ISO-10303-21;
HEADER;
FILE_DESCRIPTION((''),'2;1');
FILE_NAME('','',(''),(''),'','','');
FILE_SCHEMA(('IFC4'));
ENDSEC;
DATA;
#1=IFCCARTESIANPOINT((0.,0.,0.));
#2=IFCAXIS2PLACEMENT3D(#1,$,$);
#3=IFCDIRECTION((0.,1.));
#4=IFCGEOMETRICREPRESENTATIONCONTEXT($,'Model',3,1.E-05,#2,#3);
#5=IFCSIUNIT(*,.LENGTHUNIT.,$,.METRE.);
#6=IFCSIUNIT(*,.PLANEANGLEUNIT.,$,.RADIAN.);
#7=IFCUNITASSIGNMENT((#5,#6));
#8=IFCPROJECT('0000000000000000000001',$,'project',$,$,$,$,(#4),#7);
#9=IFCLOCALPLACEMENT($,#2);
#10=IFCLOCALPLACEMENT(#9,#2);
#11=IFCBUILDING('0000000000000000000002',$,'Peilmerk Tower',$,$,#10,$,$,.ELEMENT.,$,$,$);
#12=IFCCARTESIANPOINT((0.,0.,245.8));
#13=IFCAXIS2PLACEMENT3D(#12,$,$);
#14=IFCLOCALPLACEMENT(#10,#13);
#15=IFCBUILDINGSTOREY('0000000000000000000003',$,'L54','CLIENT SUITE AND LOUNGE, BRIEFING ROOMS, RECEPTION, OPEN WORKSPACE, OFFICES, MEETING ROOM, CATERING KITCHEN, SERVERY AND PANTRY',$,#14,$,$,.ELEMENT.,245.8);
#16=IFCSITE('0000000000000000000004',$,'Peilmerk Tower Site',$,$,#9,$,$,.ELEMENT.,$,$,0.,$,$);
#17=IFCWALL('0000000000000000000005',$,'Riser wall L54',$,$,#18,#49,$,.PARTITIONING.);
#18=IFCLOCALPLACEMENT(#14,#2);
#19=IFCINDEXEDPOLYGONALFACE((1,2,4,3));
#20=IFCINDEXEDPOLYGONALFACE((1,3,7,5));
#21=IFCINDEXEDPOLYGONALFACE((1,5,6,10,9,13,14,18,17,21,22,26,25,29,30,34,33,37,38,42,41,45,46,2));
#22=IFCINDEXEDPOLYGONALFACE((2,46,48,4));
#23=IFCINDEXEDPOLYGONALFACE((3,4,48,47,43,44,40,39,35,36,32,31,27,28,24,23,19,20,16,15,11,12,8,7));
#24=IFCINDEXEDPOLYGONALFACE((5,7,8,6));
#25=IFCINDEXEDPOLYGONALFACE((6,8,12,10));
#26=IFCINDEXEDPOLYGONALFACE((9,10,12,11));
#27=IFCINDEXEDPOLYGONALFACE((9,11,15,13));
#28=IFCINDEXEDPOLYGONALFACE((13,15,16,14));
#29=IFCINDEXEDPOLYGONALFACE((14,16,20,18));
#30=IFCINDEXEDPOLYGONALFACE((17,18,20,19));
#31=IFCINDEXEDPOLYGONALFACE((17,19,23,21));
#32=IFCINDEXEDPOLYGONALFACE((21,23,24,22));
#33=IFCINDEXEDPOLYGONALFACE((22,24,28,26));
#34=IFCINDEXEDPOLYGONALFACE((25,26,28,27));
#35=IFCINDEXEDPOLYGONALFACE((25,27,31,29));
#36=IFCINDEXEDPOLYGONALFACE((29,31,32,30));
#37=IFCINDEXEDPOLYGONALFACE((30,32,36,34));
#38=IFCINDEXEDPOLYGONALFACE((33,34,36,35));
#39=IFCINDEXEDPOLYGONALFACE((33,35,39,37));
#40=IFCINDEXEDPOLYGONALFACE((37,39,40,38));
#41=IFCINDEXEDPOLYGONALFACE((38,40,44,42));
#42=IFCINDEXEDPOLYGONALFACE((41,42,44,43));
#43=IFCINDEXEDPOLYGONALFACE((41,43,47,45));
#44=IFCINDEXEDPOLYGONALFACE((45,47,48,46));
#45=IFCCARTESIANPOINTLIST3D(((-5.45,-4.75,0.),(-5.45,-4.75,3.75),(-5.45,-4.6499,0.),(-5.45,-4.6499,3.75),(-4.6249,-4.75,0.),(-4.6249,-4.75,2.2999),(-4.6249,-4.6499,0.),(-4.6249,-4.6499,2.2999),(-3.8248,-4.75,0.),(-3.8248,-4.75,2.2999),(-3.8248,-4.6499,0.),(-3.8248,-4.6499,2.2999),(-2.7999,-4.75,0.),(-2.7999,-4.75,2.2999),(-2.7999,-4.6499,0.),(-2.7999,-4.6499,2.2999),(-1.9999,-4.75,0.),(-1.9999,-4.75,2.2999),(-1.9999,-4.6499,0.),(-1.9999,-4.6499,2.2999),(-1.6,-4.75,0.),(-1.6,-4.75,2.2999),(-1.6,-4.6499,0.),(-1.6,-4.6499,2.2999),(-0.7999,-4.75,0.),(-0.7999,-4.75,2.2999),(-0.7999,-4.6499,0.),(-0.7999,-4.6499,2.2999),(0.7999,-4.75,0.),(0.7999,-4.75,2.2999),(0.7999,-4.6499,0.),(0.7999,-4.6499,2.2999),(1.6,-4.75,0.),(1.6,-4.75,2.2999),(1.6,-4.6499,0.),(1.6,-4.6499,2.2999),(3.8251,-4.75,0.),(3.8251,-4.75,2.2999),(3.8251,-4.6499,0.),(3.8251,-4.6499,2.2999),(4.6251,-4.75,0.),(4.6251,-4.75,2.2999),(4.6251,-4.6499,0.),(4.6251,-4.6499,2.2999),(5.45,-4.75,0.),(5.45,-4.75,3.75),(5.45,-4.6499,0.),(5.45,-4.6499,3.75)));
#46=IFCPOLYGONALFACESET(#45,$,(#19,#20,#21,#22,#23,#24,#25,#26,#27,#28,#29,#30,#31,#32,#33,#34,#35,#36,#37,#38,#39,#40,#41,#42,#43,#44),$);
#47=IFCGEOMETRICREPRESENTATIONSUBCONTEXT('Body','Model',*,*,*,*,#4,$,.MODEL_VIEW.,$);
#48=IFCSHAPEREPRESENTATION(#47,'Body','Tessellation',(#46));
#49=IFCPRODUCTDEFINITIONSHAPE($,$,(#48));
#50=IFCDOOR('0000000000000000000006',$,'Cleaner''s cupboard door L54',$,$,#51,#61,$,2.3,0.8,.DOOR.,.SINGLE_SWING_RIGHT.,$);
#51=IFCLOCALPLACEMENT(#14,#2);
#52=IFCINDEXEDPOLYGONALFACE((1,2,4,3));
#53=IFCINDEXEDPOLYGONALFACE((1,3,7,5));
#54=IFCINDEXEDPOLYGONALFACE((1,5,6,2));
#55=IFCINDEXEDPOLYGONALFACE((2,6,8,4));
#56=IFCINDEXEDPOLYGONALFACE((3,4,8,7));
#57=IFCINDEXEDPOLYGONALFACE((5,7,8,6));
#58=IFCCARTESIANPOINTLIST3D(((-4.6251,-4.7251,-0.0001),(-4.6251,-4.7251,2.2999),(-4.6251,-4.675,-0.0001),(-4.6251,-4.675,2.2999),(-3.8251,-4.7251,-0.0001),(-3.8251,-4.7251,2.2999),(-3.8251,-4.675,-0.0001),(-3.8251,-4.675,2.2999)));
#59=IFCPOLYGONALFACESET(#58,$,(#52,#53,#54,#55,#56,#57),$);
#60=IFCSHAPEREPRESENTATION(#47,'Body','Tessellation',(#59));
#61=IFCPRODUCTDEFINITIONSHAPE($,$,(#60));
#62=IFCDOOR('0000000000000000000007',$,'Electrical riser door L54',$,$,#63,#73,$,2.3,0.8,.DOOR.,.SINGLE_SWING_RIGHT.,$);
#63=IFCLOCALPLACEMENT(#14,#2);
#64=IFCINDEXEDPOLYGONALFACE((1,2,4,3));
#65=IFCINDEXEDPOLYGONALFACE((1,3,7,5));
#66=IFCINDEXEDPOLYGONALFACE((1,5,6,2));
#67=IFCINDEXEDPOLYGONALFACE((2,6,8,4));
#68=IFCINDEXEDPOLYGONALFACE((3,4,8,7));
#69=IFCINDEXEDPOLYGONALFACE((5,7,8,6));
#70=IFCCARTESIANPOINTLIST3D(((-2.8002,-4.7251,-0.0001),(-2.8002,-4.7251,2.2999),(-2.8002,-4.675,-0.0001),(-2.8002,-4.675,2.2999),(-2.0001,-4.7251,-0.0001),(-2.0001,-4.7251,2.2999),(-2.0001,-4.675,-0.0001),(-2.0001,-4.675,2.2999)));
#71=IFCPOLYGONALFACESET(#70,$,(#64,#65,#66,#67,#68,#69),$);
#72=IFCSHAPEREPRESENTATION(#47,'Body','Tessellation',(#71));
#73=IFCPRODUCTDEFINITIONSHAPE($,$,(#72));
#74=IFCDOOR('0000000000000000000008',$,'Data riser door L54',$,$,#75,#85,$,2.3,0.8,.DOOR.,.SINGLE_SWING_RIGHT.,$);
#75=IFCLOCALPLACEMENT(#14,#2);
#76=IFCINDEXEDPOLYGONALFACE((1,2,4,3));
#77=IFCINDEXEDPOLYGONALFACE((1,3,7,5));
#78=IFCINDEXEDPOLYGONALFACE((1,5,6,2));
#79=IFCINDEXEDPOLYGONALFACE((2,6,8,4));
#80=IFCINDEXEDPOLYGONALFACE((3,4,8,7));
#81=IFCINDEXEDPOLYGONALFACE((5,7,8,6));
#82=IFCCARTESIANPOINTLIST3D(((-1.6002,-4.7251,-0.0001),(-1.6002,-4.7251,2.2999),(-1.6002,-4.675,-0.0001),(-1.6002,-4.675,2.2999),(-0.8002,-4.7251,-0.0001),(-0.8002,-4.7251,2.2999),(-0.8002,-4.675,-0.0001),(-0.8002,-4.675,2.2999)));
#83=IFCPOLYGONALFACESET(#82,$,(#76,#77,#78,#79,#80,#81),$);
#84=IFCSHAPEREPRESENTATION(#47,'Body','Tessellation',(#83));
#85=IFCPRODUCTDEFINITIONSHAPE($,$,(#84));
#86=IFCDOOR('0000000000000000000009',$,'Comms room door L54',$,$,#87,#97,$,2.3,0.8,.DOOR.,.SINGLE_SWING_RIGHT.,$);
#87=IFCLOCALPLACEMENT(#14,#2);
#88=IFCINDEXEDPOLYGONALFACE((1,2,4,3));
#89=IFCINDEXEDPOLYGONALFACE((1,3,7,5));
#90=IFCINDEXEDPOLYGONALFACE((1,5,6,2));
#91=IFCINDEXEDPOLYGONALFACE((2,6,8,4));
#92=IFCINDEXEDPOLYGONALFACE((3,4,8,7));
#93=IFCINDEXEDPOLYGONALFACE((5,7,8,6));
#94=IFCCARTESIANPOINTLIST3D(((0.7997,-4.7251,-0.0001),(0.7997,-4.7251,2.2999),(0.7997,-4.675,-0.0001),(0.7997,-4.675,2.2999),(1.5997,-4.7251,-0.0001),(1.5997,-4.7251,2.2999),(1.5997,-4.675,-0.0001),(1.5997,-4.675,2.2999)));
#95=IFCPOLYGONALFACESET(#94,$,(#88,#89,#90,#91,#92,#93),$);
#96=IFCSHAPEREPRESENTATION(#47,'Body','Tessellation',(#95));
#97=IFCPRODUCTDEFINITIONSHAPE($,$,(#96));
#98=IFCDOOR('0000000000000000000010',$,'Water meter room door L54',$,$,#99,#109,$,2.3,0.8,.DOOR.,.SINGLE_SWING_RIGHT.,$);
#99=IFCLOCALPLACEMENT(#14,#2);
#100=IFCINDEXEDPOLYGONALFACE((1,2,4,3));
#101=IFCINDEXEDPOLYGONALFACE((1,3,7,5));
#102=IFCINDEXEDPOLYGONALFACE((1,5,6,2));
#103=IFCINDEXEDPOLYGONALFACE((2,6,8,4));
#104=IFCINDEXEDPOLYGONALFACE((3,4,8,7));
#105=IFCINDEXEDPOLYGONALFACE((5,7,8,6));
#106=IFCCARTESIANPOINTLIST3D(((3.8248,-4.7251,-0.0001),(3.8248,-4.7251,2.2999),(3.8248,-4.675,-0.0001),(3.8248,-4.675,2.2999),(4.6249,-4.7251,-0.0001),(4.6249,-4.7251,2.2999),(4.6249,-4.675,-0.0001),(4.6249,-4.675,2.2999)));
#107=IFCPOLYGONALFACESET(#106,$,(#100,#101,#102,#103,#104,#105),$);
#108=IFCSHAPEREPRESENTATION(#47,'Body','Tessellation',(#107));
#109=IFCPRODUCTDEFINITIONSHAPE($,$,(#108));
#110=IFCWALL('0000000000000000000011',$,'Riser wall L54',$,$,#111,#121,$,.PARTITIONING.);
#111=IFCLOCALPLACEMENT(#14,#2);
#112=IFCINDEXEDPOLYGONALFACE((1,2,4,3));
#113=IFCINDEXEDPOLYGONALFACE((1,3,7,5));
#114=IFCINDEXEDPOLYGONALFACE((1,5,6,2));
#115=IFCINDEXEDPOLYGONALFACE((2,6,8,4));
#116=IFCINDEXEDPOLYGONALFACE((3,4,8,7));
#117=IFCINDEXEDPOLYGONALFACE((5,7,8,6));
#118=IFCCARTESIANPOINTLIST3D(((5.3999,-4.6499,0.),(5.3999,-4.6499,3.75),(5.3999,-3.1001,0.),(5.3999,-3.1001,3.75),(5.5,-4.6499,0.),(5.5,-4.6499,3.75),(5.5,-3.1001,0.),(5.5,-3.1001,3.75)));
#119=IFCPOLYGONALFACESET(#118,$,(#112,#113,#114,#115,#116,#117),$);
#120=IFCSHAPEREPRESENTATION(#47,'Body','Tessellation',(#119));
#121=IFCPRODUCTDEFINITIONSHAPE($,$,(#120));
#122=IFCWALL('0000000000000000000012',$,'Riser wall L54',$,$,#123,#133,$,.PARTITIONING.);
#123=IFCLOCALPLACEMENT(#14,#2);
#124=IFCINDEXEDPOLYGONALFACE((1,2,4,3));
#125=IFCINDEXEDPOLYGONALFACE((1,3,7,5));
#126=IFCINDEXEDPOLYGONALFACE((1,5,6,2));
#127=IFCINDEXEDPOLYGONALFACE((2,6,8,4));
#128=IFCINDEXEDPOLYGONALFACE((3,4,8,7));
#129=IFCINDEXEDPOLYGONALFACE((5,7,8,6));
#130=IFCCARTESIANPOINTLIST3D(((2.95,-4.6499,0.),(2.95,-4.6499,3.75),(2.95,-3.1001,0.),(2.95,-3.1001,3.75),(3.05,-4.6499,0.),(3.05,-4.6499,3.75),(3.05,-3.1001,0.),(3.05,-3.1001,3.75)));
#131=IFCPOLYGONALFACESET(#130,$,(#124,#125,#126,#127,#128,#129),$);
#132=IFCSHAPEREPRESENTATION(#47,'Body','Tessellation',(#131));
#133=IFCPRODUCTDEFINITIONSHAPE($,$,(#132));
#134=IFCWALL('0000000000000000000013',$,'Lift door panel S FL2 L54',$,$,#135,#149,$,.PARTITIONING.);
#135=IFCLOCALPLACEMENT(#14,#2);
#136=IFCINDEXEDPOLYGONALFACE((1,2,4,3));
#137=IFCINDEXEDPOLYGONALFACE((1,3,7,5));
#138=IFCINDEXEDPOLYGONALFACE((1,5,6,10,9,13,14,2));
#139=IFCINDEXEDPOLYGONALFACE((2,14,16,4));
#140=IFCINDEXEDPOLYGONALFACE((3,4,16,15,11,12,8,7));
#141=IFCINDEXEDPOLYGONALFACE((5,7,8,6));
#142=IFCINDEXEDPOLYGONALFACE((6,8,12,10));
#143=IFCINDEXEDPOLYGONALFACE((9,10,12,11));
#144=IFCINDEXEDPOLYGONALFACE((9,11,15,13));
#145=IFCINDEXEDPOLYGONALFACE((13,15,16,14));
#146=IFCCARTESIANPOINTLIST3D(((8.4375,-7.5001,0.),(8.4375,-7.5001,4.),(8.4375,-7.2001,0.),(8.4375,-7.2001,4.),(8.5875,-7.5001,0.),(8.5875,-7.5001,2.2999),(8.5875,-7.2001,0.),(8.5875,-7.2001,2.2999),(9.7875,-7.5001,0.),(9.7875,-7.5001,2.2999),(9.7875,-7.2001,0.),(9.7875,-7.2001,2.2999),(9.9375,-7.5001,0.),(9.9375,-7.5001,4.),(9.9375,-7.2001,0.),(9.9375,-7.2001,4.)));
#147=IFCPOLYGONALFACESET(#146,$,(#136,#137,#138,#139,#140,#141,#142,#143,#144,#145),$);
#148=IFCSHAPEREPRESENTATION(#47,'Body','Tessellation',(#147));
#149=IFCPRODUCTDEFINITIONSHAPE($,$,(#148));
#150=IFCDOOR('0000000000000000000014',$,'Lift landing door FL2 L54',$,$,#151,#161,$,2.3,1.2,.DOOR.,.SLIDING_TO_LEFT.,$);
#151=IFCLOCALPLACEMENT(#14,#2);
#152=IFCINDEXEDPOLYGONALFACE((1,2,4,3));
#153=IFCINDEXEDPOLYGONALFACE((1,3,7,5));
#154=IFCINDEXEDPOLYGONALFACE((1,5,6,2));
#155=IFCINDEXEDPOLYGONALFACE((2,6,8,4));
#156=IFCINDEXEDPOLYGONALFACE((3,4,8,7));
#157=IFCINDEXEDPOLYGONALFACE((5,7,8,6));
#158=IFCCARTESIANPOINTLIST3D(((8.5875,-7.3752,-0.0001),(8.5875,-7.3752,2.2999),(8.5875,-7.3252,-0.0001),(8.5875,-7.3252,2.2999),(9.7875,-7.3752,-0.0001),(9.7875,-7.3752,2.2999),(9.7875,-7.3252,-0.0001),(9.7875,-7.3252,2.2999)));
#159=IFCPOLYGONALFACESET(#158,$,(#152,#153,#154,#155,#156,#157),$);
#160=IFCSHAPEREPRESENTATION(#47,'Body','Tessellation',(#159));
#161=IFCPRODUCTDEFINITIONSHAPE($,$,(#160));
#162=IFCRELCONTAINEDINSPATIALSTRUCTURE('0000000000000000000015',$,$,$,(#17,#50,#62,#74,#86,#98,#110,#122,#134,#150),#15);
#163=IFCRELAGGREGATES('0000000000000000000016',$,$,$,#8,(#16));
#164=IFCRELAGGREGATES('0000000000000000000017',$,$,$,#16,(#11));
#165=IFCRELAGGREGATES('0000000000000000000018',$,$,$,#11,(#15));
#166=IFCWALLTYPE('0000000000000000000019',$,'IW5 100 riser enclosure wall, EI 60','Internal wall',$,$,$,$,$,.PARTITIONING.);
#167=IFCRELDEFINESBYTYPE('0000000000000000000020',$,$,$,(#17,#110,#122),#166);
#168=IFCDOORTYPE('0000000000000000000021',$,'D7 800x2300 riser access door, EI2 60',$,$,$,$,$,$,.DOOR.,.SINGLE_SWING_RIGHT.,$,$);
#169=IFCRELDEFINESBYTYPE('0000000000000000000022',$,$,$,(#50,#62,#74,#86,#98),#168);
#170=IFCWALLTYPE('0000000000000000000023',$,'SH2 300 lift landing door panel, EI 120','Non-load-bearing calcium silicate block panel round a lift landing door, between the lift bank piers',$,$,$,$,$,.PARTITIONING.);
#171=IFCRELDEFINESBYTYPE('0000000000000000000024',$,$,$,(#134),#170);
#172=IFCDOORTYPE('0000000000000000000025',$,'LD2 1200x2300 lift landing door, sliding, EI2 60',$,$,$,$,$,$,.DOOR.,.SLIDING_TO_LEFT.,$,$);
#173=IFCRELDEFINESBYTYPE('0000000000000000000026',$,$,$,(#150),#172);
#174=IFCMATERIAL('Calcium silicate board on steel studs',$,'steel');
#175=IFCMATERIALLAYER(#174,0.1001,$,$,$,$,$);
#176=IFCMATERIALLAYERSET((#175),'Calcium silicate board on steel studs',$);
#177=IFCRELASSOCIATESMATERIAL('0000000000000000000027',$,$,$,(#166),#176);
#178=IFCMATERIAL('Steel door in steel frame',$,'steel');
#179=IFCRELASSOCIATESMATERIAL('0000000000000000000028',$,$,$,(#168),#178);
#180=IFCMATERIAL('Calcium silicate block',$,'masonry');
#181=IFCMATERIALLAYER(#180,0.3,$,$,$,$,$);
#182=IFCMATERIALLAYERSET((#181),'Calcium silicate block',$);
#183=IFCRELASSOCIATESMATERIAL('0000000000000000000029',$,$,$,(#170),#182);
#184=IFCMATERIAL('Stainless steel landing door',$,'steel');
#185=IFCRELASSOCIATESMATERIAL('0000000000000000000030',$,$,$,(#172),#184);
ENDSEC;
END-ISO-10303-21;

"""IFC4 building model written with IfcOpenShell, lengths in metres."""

from ifc_helpers import new_model, si_unit, direction, frame, frame_2d, origin, place, context, subcontext, project, spatial, rectangle, extrude, material, layer, layer_set, type_object, element, fill, save


model = new_model("IFC4")

# Units and contexts
model_context = context("Model", 3, precision=1e-05, world=origin(), true_north=direction((0.0, 1.0)))
body_context = subcontext(model_context, "Body", "Model", "MODEL_VIEW")
ifc_project = project(units=[si_unit("LENGTHUNIT", "METRE"), si_unit("PLANEANGLEUNIT", "RADIAN")], contexts=[model_context])

# Site, building, storey
site_placement = place(None, origin())
site = spatial("IfcSite", under=ifc_project, at=site_placement, Name="Peilmerk Tower Site", CompositionType="ELEMENT", RefElevation=0.0)
building_placement = place(site_placement, origin())
building = spatial("IfcBuilding", under=site, at=building_placement, Name="Peilmerk Tower", CompositionType="ELEMENT")
storey_placement = place(building_placement, frame((0.0, 0.0, 245.8)))
storey = spatial("IfcBuildingStorey", under=building, at=storey_placement, Name="L54", Description="CLIENT SUITE AND LOUNGE, BRIEFING ROOMS, RECEPTION, OPEN WORKSPACE, OFFICES, MEETING ROOM, CATERING KITCHEN, SERVERY AND PANTRY", CompositionType="ELEMENT", Elevation=245.8)

# Shared definitions
ifc_material_1 = material(Name="Steel door in steel frame", Category="steel")

# Shared definitions
ifc_material_2 = material(Name="Calcium silicate board on steel studs", Category="steel")
ifc_layer_1 = layer(ifc_material_2, 0.1001)
ifc_layer_set_1 = layer_set([ifc_layer_1], Name="Calcium silicate board on steel studs")
wall_type_1 = type_object("IfcWallType", Name="IW5 100 riser enclosure wall, EI 60", Description="Internal wall", PredefinedType="PARTITIONING", material=ifc_layer_set_1)

# Wall, openings, doors
wall_1_placement = place(storey_placement, frame((5.45, -4.7, 0.0), z_axis=(0.0, 0.0, 1.0), x_axis=(-1.0, 0.0, 0.0)))
wall_1 = element("IfcWall", 1, at=wall_1_placement, inside=storey, type_object=wall_type_1, Name="Riser wall L54", PredefinedType="PARTITIONING", context=body_context, shape_type="SweptSolid", body=[
    extrude(rectangle(XDim=10.8999, YDim=0.1001, at=frame_2d((5.45, 0.0))), origin(), (0.0, 0.0, 1.0), 3.75),
])
opening_1_placement = place(wall_1_placement, frame((9.2749, 0.0, 0.0)))
opening_1 = element("IfcOpeningElement", 2, at=opening_1_placement, cuts=wall_1, PredefinedType="OPENING", context=body_context, shape_type="SweptSolid", body=[
    extrude(rectangle(XDim=0.8, YDim=2.3, at=frame_2d((0.3999, 1.1499))), frame((0.0, 0.0601, 0.0), z_axis=(0.0, -1.0, 0.0), x_axis=(1.0, 0.0, 0.0)), (0.0, 0.0, 1.0), 0.1201),
])
opening_2_placement = place(wall_1_placement, frame((7.45, 0.0, 0.0)))
opening_2 = element("IfcOpeningElement", 3, at=opening_2_placement, cuts=wall_1, PredefinedType="OPENING", context=body_context, shape_type="SweptSolid", body=[
    extrude(rectangle(XDim=0.8, YDim=2.3, at=frame_2d((0.3999, 1.1499))), frame((0.0, 0.0601, 0.0), z_axis=(0.0, -1.0, 0.0), x_axis=(1.0, 0.0, 0.0)), (0.0, 0.0, 1.0), 0.1201),
])
opening_3_placement = place(wall_1_placement, frame((6.25, 0.0, 0.0)))
opening_3 = element("IfcOpeningElement", 4, at=opening_3_placement, cuts=wall_1, PredefinedType="OPENING", context=body_context, shape_type="SweptSolid", body=[
    extrude(rectangle(XDim=0.8, YDim=2.3, at=frame_2d((0.3999, 1.1499))), frame((0.0, 0.0601, 0.0), z_axis=(0.0, -1.0, 0.0), x_axis=(1.0, 0.0, 0.0)), (0.0, 0.0, 1.0), 0.1201),
])
opening_4_placement = place(wall_1_placement, frame((3.8501, 0.0, 0.0)))
opening_4 = element("IfcOpeningElement", 5, at=opening_4_placement, cuts=wall_1, PredefinedType="OPENING", context=body_context, shape_type="SweptSolid", body=[
    extrude(rectangle(XDim=0.8, YDim=2.3, at=frame_2d((0.3999, 1.1499))), frame((0.0, 0.0601, 0.0), z_axis=(0.0, -1.0, 0.0), x_axis=(1.0, 0.0, 0.0)), (0.0, 0.0, 1.0), 0.1201),
])
opening_5_placement = place(wall_1_placement, frame((0.825, 0.0, 0.0)))
opening_5 = element("IfcOpeningElement", 6, at=opening_5_placement, cuts=wall_1, PredefinedType="OPENING", context=body_context, shape_type="SweptSolid", body=[
    extrude(rectangle(XDim=0.8, YDim=2.3, at=frame_2d((0.3999, 1.1499))), frame((0.0, 0.0601, 0.0), z_axis=(0.0, -1.0, 0.0), x_axis=(1.0, 0.0, 0.0)), (0.0, 0.0, 1.0), 0.1201),
])
door_type_1 = type_object("IfcDoorType", Name="D7 800x2300 riser access door, EI2 60", OperationType="SINGLE_SWING_RIGHT", PredefinedType="DOOR", material=ifc_material_1)
door_1_placement = place(opening_1_placement, frame((0.8, 0.0, 0.0), z_axis=(0.0, 0.0, 1.0), x_axis=(-1.0, 0.0, 0.0)))
door_1 = element("IfcDoor", 7, at=door_1_placement, inside=storey, type_object=door_type_1, Name="Cleaner's cupboard door L54", OperationType="SINGLE_SWING_RIGHT", OverallHeight=2.3, OverallWidth=0.8, PredefinedType="DOOR", context=body_context, shape_type="SweptSolid", body=[
    extrude(rectangle(XDim=0.8, YDim=2.3, at=frame_2d((0.3999, 1.1499))), frame((0.0, 0.0249, 0.0), z_axis=(0.0, -1.0, 0.0), x_axis=(1.0, 0.0, 0.0)), (0.0, 0.0, 1.0), 0.05),
])
fill(opening_1, door_1)
door_2_placement = place(opening_2_placement, frame((0.8, 0.0, 0.0), z_axis=(0.0, 0.0, 1.0), x_axis=(-1.0, 0.0, 0.0)))
door_2 = element("IfcDoor", 8, at=door_2_placement, inside=storey, type_object=door_type_1, Name="Electrical riser door L54", OperationType="SINGLE_SWING_RIGHT", OverallHeight=2.3, OverallWidth=0.8, PredefinedType="DOOR", context=body_context, shape_type="SweptSolid", body=[
    extrude(rectangle(XDim=0.8, YDim=2.3, at=frame_2d((0.3999, 1.1499))), frame((0.0, 0.0249, 0.0), z_axis=(0.0, -1.0, 0.0), x_axis=(1.0, 0.0, 0.0)), (0.0, 0.0, 1.0), 0.05),
])
fill(opening_2, door_2)
door_3_placement = place(opening_3_placement, frame((0.8, 0.0, 0.0), z_axis=(0.0, 0.0, 1.0), x_axis=(-1.0, 0.0, 0.0)))
door_3 = element("IfcDoor", 9, at=door_3_placement, inside=storey, type_object=door_type_1, Name="Data riser door L54", OperationType="SINGLE_SWING_RIGHT", OverallHeight=2.3, OverallWidth=0.8, PredefinedType="DOOR", context=body_context, shape_type="SweptSolid", body=[
    extrude(rectangle(XDim=0.8, YDim=2.3, at=frame_2d((0.3999, 1.1499))), frame((0.0, 0.0249, 0.0), z_axis=(0.0, -1.0, 0.0), x_axis=(1.0, 0.0, 0.0)), (0.0, 0.0, 1.0), 0.05),
])
fill(opening_3, door_3)
door_4_placement = place(opening_4_placement, frame((0.8, 0.0, 0.0), z_axis=(0.0, 0.0, 1.0), x_axis=(-1.0, 0.0, 0.0)))
door_4 = element("IfcDoor", 10, at=door_4_placement, inside=storey, type_object=door_type_1, Name="Comms room door L54", OperationType="SINGLE_SWING_RIGHT", OverallHeight=2.3, OverallWidth=0.8, PredefinedType="DOOR", context=body_context, shape_type="SweptSolid", body=[
    extrude(rectangle(XDim=0.8, YDim=2.3, at=frame_2d((0.3999, 1.1499))), frame((0.0, 0.0249, 0.0), z_axis=(0.0, -1.0, 0.0), x_axis=(1.0, 0.0, 0.0)), (0.0, 0.0, 1.0), 0.05),
])
fill(opening_4, door_4)
door_5_placement = place(opening_5_placement, frame((0.8, 0.0, 0.0), z_axis=(0.0, 0.0, 1.0), x_axis=(-1.0, 0.0, 0.0)))
door_5 = element("IfcDoor", 11, at=door_5_placement, inside=storey, type_object=door_type_1, Name="Water meter room door L54", OperationType="SINGLE_SWING_RIGHT", OverallHeight=2.3, OverallWidth=0.8, PredefinedType="DOOR", context=body_context, shape_type="SweptSolid", body=[
    extrude(rectangle(XDim=0.8, YDim=2.3, at=frame_2d((0.3999, 1.1499))), frame((0.0, 0.0249, 0.0), z_axis=(0.0, -1.0, 0.0), x_axis=(1.0, 0.0, 0.0)), (0.0, 0.0, 1.0), 0.05),
])
fill(opening_5, door_5)

# Walls
for number, where, z_axis, x_axis, name in (
    (12, (5.45, -3.1001, 0.0), (0.0, 0.0, 1.0), (0.0, -1.0, 0.0), "Riser wall L54"),
    (13, (3.0, -3.1001, 0.0), (0.0, 0.0, 1.0), (0.0, -1.0, 0.0), "Riser wall L54"),
):
    element("IfcWall", number, at=place(storey_placement, frame(where, z_axis=z_axis, x_axis=x_axis)), inside=storey, type_object=wall_type_1, Name=name, PredefinedType="PARTITIONING", context=body_context, shape_type="SweptSolid", body=[
        extrude(rectangle(XDim=1.5498, YDim=0.1001, at=frame_2d((0.7749, 0.0))), origin(), (0.0, 0.0, 1.0), 3.75),
    ])

# Wall, opening, door
ifc_material_3 = material(Name="Calcium silicate block", Category="masonry")
ifc_layer_2 = layer(ifc_material_3, 0.3)
ifc_layer_set_2 = layer_set([ifc_layer_2], Name="Calcium silicate block")
wall_type_2 = type_object("IfcWallType", Name="SH2 300 lift landing door panel, EI 120", Description="Non-load-bearing calcium silicate block panel round a lift landing door, between the lift bank piers", PredefinedType="PARTITIONING", material=ifc_layer_set_2)
wall_2_placement = place(storey_placement, frame((8.4375, -7.3501, 0.0), z_axis=(0.0, 0.0, 1.0), x_axis=(1.0, 0.0, 0.0)))
wall_2 = element("IfcWall", 14, at=wall_2_placement, inside=storey, type_object=wall_type_2, Name="Lift door panel S FL2 L54", PredefinedType="PARTITIONING", context=body_context, shape_type="SweptSolid", body=[
    extrude(rectangle(XDim=1.5, YDim=0.3, at=frame_2d((0.75, 0.0))), origin(), (0.0, 0.0, 1.0), 4.0),
])
opening_6_placement = place(wall_2_placement, frame((0.1499, 0.0, 0.0)))
opening_6 = element("IfcOpeningElement", 15, at=opening_6_placement, cuts=wall_2, PredefinedType="OPENING", context=body_context, shape_type="SweptSolid", body=[
    extrude(rectangle(XDim=1.2, YDim=2.3, at=frame_2d((0.6001, 1.1499))), frame((0.0, 0.1599, 0.0), z_axis=(0.0, -1.0, 0.0), x_axis=(1.0, 0.0, 0.0)), (0.0, 0.0, 1.0), 0.3201),
])
ifc_material_4 = material(Name="Stainless steel landing door", Category="steel")
door_type_2 = type_object("IfcDoorType", Name="LD2 1200x2300 lift landing door, sliding, EI2 60", OperationType="SLIDING_TO_LEFT", PredefinedType="DOOR", material=ifc_material_4)
door_6_placement = place(opening_6_placement, origin())
door_6 = element("IfcDoor", 16, at=door_6_placement, inside=storey, type_object=door_type_2, Name="Lift landing door FL2 L54", OperationType="SLIDING_TO_LEFT", OverallHeight=2.3, OverallWidth=1.2, PredefinedType="DOOR", context=body_context, shape_type="SweptSolid", body=[
    extrude(rectangle(XDim=1.2, YDim=2.3, at=frame_2d((0.6001, 1.1499))), frame((0.0, 0.0249, 0.0), z_axis=(0.0, -1.0, 0.0), x_axis=(1.0, 0.0, 0.0)), (0.0, 0.0, 1.0), 0.05),
])
fill(opening_6, door_6)

save(model, "model.ifc")
